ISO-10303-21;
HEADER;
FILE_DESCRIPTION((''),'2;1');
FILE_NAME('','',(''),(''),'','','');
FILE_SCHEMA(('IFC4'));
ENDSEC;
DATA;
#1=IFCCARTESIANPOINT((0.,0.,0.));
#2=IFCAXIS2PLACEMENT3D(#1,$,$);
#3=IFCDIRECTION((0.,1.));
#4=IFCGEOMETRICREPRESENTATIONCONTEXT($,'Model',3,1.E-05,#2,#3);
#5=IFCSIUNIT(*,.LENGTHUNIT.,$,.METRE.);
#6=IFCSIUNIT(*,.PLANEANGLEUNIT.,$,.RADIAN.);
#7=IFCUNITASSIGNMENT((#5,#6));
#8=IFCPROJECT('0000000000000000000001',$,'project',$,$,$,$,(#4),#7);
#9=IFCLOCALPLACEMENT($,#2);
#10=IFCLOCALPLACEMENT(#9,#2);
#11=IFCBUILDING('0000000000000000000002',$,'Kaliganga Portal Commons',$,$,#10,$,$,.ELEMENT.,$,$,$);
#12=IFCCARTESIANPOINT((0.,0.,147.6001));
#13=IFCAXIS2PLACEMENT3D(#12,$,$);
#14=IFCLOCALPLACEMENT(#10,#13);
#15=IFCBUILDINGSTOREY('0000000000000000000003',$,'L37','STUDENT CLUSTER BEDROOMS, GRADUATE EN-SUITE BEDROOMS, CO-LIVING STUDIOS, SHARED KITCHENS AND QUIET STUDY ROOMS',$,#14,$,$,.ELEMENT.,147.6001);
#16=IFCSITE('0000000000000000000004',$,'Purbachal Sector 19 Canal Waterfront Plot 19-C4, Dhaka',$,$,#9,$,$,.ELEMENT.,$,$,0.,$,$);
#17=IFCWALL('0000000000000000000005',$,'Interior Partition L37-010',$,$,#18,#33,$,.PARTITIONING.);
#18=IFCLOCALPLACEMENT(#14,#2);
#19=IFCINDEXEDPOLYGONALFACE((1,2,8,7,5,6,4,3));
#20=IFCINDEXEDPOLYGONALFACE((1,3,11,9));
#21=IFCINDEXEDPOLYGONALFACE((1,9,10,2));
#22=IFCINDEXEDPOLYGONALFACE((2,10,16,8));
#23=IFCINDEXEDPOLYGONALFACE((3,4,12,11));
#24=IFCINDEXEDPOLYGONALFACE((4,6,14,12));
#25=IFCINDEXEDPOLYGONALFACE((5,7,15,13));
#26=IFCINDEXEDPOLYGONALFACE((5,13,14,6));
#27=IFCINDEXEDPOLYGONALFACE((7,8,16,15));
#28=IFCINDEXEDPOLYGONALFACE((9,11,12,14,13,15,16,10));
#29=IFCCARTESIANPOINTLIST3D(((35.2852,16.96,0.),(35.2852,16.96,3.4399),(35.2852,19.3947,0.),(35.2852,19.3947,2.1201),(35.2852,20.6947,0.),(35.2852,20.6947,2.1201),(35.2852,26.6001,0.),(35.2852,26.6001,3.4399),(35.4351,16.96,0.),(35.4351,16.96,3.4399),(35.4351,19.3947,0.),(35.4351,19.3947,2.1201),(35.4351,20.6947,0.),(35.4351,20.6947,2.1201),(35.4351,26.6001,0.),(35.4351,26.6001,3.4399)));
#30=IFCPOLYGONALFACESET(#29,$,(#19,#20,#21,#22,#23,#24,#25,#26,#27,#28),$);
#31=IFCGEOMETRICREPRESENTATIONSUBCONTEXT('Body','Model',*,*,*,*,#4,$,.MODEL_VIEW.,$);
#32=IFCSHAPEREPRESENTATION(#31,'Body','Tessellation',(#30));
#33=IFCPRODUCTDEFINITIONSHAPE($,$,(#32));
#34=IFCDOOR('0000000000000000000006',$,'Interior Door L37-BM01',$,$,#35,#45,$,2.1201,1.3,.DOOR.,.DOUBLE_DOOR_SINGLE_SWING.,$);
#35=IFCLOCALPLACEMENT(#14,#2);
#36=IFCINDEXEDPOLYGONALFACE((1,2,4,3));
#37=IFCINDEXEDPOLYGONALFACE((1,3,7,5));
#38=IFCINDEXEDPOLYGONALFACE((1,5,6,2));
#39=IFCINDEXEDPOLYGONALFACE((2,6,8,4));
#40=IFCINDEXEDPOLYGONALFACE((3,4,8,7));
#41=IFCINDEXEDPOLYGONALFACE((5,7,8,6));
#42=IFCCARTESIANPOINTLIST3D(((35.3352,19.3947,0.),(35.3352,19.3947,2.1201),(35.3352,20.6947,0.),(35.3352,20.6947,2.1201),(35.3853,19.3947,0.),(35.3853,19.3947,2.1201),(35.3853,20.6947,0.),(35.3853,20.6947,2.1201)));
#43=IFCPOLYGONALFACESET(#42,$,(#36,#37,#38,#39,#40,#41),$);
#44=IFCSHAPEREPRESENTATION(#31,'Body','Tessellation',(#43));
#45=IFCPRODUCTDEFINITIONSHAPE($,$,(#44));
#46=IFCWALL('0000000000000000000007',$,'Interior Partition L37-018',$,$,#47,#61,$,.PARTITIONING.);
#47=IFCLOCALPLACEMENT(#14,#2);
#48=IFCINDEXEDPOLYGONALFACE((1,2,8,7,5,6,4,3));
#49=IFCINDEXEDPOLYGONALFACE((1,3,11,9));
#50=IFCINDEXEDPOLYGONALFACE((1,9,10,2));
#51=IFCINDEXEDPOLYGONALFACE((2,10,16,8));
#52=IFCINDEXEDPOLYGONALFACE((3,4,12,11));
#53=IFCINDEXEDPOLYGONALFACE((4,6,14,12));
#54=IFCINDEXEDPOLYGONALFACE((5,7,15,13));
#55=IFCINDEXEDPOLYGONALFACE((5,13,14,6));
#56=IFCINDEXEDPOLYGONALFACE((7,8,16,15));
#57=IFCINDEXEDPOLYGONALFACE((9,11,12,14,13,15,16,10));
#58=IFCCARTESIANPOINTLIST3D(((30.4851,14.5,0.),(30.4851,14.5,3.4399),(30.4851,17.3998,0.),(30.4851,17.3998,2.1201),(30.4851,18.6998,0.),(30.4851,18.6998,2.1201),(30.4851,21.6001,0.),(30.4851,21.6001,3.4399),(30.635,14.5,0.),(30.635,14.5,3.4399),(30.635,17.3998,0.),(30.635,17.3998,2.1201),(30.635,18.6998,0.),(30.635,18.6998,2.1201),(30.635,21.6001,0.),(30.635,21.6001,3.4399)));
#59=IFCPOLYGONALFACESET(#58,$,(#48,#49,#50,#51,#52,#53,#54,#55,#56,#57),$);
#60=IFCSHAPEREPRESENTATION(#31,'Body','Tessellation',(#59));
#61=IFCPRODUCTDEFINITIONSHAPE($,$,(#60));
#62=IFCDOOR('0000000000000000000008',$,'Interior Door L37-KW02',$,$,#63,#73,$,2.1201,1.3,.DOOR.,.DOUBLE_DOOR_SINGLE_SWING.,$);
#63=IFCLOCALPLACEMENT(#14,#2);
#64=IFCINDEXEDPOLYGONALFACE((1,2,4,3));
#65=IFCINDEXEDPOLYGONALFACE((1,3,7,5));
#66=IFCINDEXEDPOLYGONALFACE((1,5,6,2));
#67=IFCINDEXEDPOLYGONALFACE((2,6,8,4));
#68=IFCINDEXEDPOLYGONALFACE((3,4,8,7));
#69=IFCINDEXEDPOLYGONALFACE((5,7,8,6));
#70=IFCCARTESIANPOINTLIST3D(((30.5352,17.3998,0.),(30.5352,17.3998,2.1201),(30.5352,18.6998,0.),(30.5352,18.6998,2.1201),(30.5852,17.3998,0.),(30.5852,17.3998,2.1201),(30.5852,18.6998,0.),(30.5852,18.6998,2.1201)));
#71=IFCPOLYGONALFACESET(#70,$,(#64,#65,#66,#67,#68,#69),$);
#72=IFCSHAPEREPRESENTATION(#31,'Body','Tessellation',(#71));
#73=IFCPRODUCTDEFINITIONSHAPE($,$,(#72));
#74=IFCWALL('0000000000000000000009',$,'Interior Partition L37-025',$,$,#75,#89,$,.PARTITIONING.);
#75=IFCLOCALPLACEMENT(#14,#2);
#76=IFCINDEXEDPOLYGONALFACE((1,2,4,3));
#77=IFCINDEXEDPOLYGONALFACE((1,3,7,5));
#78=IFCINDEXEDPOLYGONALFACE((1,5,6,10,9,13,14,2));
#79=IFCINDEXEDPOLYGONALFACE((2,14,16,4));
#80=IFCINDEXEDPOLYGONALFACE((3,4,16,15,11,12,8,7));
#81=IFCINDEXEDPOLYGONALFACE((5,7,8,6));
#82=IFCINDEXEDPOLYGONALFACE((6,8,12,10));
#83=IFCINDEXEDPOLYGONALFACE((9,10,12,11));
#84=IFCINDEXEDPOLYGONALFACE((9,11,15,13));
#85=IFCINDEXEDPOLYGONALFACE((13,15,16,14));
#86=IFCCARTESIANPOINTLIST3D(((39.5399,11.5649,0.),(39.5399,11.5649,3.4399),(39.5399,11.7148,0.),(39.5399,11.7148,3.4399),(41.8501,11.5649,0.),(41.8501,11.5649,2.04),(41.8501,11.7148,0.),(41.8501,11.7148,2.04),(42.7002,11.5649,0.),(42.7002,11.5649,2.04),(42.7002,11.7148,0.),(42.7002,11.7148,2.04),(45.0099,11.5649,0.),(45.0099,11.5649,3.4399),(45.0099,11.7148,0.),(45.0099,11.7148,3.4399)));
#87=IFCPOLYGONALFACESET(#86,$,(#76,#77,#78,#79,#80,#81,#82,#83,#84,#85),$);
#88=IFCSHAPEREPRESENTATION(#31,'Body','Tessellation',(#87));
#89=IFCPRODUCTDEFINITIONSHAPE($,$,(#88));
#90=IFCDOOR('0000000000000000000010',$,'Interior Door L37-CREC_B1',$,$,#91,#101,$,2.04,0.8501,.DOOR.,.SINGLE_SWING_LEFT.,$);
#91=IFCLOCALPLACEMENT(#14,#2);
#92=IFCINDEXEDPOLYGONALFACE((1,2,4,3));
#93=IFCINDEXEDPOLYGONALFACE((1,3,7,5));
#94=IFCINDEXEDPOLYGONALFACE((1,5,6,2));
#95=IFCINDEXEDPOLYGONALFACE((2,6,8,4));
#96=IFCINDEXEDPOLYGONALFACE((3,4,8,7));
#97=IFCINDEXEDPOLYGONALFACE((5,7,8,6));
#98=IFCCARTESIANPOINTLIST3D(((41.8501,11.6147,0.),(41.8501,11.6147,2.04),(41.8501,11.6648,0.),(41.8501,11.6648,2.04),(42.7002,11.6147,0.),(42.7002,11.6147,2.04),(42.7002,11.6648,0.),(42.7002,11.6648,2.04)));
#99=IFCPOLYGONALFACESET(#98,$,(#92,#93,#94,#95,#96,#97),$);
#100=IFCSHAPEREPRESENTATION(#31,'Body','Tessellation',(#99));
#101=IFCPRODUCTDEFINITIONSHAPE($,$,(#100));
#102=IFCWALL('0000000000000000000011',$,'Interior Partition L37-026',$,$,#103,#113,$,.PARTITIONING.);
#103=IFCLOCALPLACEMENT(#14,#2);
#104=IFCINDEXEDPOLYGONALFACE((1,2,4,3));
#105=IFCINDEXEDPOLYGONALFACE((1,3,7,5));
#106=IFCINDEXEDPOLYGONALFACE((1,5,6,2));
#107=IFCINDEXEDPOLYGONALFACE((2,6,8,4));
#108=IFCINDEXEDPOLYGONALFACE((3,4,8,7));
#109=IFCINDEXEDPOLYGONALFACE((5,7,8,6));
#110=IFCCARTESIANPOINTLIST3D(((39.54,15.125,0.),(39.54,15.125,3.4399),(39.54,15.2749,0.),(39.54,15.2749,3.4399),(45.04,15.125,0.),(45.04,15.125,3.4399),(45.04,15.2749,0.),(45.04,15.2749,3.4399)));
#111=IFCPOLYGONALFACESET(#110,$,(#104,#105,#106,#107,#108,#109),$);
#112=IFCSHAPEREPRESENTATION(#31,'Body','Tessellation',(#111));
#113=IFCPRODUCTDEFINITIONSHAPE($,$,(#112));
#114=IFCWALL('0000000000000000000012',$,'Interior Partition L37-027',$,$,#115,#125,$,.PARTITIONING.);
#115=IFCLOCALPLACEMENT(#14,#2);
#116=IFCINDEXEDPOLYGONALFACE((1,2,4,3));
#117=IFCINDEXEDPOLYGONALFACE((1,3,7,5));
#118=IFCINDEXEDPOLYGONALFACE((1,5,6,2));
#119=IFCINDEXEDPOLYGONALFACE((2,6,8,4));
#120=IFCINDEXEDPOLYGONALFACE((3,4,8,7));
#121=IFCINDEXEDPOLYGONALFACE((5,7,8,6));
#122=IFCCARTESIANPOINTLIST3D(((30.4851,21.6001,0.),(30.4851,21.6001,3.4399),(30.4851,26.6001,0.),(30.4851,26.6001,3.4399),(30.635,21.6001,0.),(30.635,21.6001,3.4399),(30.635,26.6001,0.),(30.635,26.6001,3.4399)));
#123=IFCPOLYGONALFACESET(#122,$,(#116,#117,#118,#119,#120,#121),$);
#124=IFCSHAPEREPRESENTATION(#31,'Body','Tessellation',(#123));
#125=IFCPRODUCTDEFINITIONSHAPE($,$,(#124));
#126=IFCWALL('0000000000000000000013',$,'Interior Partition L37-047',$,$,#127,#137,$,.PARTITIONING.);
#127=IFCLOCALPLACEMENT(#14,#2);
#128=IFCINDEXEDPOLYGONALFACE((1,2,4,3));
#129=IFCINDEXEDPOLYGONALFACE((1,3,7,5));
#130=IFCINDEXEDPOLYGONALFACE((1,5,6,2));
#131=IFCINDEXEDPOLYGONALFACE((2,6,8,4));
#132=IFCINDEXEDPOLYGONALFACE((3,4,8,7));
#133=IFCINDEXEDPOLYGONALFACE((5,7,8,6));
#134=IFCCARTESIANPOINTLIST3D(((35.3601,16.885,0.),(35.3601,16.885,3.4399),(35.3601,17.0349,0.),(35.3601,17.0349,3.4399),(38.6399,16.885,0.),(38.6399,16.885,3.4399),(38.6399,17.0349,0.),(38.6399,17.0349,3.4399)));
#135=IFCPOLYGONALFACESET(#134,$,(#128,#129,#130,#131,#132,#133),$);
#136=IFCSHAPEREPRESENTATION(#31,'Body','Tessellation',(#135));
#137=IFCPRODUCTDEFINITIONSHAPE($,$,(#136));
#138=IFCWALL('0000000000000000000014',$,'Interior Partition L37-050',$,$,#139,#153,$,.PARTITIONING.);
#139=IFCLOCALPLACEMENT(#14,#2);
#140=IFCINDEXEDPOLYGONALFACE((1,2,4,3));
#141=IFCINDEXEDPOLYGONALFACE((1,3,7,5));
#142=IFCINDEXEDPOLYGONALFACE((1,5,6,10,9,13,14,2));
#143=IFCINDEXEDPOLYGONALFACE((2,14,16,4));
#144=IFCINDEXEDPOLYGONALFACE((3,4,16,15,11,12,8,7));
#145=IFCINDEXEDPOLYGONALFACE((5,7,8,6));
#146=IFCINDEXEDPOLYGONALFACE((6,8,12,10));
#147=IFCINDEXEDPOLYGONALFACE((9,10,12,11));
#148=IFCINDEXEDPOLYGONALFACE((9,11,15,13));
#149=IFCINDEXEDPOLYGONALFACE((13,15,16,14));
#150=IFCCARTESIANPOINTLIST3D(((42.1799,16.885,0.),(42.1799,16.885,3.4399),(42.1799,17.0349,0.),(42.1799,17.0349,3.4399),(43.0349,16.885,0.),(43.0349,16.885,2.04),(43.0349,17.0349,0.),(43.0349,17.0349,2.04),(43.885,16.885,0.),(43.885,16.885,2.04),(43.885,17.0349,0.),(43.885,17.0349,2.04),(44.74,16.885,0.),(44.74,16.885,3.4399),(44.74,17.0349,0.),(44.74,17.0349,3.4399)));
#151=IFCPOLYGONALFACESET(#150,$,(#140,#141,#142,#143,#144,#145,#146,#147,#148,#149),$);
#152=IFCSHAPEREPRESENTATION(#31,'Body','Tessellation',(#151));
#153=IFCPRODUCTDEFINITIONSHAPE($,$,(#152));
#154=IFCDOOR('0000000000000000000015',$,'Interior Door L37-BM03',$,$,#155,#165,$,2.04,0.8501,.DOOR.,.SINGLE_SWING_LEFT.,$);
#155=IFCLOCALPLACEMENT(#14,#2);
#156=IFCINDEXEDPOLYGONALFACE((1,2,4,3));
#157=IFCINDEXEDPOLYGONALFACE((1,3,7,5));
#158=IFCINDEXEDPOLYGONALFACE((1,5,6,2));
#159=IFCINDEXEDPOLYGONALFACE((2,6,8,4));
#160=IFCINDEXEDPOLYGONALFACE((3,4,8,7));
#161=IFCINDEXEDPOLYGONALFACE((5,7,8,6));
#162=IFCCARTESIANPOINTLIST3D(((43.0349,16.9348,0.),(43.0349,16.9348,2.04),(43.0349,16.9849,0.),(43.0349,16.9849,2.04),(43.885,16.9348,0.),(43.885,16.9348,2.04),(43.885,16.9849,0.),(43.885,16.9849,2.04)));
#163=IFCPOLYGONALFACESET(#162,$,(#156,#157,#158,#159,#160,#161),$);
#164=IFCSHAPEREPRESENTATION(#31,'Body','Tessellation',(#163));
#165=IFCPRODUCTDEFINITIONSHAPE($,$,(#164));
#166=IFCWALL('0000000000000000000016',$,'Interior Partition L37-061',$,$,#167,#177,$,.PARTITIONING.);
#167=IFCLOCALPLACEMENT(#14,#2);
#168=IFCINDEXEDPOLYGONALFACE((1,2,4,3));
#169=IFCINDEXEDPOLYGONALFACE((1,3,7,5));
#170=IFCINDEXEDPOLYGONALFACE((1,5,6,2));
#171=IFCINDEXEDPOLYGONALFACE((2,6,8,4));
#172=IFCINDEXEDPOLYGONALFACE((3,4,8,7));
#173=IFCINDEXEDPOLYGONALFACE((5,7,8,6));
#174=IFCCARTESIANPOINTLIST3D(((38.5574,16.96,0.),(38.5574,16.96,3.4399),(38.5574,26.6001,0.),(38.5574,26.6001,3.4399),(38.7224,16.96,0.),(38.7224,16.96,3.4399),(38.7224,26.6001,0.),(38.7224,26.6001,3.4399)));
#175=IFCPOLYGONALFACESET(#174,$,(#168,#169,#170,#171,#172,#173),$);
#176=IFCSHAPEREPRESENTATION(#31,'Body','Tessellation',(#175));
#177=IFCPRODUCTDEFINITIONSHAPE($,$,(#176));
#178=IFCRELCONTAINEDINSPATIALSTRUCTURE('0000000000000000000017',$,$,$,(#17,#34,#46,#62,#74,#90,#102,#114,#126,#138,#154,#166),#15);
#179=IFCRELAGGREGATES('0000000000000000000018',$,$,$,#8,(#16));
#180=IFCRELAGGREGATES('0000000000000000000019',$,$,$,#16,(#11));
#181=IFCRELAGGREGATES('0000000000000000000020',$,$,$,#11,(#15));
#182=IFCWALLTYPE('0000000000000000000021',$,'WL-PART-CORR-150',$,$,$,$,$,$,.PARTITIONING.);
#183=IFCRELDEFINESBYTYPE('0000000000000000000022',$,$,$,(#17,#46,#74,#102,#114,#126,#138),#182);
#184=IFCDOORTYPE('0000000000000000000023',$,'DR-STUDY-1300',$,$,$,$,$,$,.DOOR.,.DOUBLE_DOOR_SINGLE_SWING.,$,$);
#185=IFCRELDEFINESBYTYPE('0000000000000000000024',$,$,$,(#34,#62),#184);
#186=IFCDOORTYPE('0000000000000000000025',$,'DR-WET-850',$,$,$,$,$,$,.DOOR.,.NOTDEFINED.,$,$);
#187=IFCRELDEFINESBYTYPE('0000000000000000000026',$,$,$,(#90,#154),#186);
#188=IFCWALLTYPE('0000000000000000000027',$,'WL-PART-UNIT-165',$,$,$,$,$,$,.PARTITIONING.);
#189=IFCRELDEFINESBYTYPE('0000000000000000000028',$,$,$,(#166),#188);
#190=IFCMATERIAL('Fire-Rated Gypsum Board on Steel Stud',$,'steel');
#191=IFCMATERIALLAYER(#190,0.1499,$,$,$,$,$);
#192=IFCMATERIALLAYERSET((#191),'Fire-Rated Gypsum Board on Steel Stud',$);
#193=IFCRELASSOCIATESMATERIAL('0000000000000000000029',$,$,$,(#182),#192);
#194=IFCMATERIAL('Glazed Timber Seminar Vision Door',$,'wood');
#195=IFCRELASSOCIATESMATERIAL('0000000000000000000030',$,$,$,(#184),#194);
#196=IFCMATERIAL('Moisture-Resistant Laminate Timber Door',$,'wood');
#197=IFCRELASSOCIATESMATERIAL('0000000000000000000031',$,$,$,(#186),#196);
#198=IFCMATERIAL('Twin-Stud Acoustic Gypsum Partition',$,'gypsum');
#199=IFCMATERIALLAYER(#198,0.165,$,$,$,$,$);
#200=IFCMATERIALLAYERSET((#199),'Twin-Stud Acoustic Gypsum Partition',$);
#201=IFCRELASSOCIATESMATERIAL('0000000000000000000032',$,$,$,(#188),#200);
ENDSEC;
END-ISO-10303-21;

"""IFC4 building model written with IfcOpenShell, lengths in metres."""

from ifc_helpers import new_model, si_unit, direction, frame, frame_2d, origin, place, context, subcontext, project, spatial, rectangle, extrude, material, layer, layer_set, type_object, element, fill, save


model = new_model("IFC4")

# Units and contexts
model_context = context("Model", 3, precision=1e-05, world=origin(), true_north=direction((0.0, 1.0)))
body_context = subcontext(model_context, "Body", "Model", "MODEL_VIEW")
ifc_project = project(units=[si_unit("LENGTHUNIT", "METRE"), si_unit("PLANEANGLEUNIT", "RADIAN")], contexts=[model_context])

# Site, building, storey
site_placement = place(None, origin())
site = spatial("IfcSite", under=ifc_project, at=site_placement, Name="Purbachal Sector 19 Canal Waterfront Plot 19-C4, Dhaka", CompositionType="ELEMENT", RefElevation=0.0)
building_placement = place(site_placement, origin())
building = spatial("IfcBuilding", under=site, at=building_placement, Name="Kaliganga Portal Commons", CompositionType="ELEMENT")
storey_placement = place(building_placement, frame((0.0, 0.0, 147.6001)))
storey = spatial("IfcBuildingStorey", under=building, at=storey_placement, Name="L37", Description="STUDENT CLUSTER BEDROOMS, GRADUATE EN-SUITE BEDROOMS, CO-LIVING STUDIOS, SHARED KITCHENS AND QUIET STUDY ROOMS", CompositionType="ELEMENT", Elevation=147.6001)

# Walls, openings, doors
ifc_material_1 = material(Name="Fire-Rated Gypsum Board on Steel Stud", Category="steel")
ifc_layer_1 = layer(ifc_material_1, 0.1499)
ifc_layer_set_1 = layer_set([ifc_layer_1], Name="Fire-Rated Gypsum Board on Steel Stud")
wall_type_1 = type_object("IfcWallType", Name="WL-PART-CORR-150", PredefinedType="PARTITIONING", material=ifc_layer_set_1)
wall_1_placement = place(storey_placement, frame((35.3601, 16.96, 0.0), z_axis=(0.0, 0.0, 1.0), x_axis=(0.0, 1.0, 0.0)))
wall_1 = element("IfcWall", 1, at=wall_1_placement, inside=storey, type_object=wall_type_1, Name="Interior Partition L37-010", PredefinedType="PARTITIONING", context=body_context, shape_type="SweptSolid", body=[
    extrude(rectangle(XDim=9.6401, YDim=0.1499, at=frame_2d((4.8201, 0.0))), origin(), (0.0, 0.0, 1.0), 3.4399),
])
opening_1_placement = place(wall_1_placement, frame((2.4348, 0.0, 0.0)))
opening_1 = element("IfcOpeningElement", 2, at=opening_1_placement, cuts=wall_1, PredefinedType="OPENING", context=body_context, shape_type="SweptSolid", body=[
    extrude(rectangle(XDim=1.3, YDim=2.1201, at=frame_2d((0.6499, 1.0601))), frame((0.0, 0.085, 0.0), z_axis=(0.0, -1.0, 0.0), x_axis=(1.0, 0.0, 0.0)), (0.0, 0.0, 1.0), 0.1699),
])
ifc_material_2 = material(Name="Glazed Timber Seminar Vision Door", Category="wood")
door_type_1 = type_object("IfcDoorType", Name="DR-STUDY-1300", OperationType="DOUBLE_DOOR_SINGLE_SWING", PredefinedType="DOOR", material=ifc_material_2)
door_1_placement = place(opening_1_placement, origin())
door_1 = element("IfcDoor", 3, at=door_1_placement, inside=storey, type_object=door_type_1, Name="Interior Door L37-BM01", OperationType="DOUBLE_DOOR_SINGLE_SWING", OverallHeight=2.1201, OverallWidth=1.3, PredefinedType="DOOR", context=body_context, shape_type="SweptSolid", body=[
    extrude(rectangle(XDim=1.3, YDim=2.1201, at=frame_2d((0.6499, 1.0601))), frame((0.0, 0.0249, 0.0), z_axis=(0.0, -1.0, 0.0), x_axis=(1.0, 0.0, 0.0)), (0.0, 0.0, 1.0), 0.05),
])
fill(opening_1, door_1)
wall_2_placement = place(storey_placement, frame((30.5601, 14.5, 0.0), z_axis=(0.0, 0.0, 1.0), x_axis=(0.0, 1.0, 0.0)))
wall_2 = element("IfcWall", 4, at=wall_2_placement, inside=storey, type_object=wall_type_1, Name="Interior Partition L37-018", PredefinedType="PARTITIONING", context=body_context, shape_type="SweptSolid", body=[
    extrude(rectangle(XDim=7.1001, YDim=0.1499, at=frame_2d((3.55, 0.0))), origin(), (0.0, 0.0, 1.0), 3.4399),
])
opening_2_placement = place(wall_2_placement, frame((2.8999, 0.0, 0.0)))
opening_2 = element("IfcOpeningElement", 5, at=opening_2_placement, cuts=wall_2, PredefinedType="OPENING", context=body_context, shape_type="SweptSolid", body=[
    extrude(rectangle(XDim=1.3, YDim=2.1201, at=frame_2d((0.6499, 1.0601))), frame((0.0, 0.085, 0.0), z_axis=(0.0, -1.0, 0.0), x_axis=(1.0, 0.0, 0.0)), (0.0, 0.0, 1.0), 0.1699),
])
door_2_placement = place(opening_2_placement, origin())
door_2 = element("IfcDoor", 6, at=door_2_placement, inside=storey, type_object=door_type_1, Name="Interior Door L37-KW02", OperationType="DOUBLE_DOOR_SINGLE_SWING", OverallHeight=2.1201, OverallWidth=1.3, PredefinedType="DOOR", context=body_context, shape_type="SweptSolid", body=[
    extrude(rectangle(XDim=1.3, YDim=2.1201, at=frame_2d((0.6499, 1.0601))), frame((0.0, 0.0249, 0.0), z_axis=(0.0, -1.0, 0.0), x_axis=(1.0, 0.0, 0.0)), (0.0, 0.0, 1.0), 0.05),
])
fill(opening_2, door_2)
wall_3_placement = place(storey_placement, frame((39.54, 11.6399, 0.0), z_axis=(0.0, 0.0, 1.0), x_axis=(1.0, 0.0, 0.0)))
wall_3 = element("IfcWall", 7, at=wall_3_placement, inside=storey, type_object=wall_type_1, Name="Interior Partition L37-025", PredefinedType="PARTITIONING", context=body_context, shape_type="SweptSolid", body=[
    extrude(rectangle(XDim=5.47, YDim=0.1499, at=frame_2d((2.7349, 0.0))), origin(), (0.0, 0.0, 1.0), 3.4399),
])
opening_3_placement = place(wall_3_placement, frame((2.3101, 0.0, 0.0)))
opening_3 = element("IfcOpeningElement", 8, at=opening_3_placement, cuts=wall_3, PredefinedType="OPENING", context=body_context, shape_type="SweptSolid", body=[
    extrude(rectangle(XDim=0.8501, YDim=2.04, at=frame_2d((0.425, 1.02))), frame((0.0, 0.085, 0.0), z_axis=(0.0, -1.0, 0.0), x_axis=(1.0, 0.0, 0.0)), (0.0, 0.0, 1.0), 0.1699),
])
ifc_material_3 = material(Name="Moisture-Resistant Laminate Timber Door", Category="wood")
door_type_2 = type_object("IfcDoorType", Name="DR-WET-850", OperationType="NOTDEFINED", PredefinedType="DOOR", material=ifc_material_3)
door_3_placement = place(opening_3_placement, origin())
door_3 = element("IfcDoor", 9, at=door_3_placement, inside=storey, type_object=door_type_2, Name="Interior Door L37-CREC_B1", OperationType="SINGLE_SWING_LEFT", OverallHeight=2.04, OverallWidth=0.8501, PredefinedType="DOOR", context=body_context, shape_type="SweptSolid", body=[
    extrude(rectangle(XDim=0.8501, YDim=2.04, at=frame_2d((0.425, 1.02))), frame((0.0, 0.0249, 0.0), z_axis=(0.0, -1.0, 0.0), x_axis=(1.0, 0.0, 0.0)), (0.0, 0.0, 1.0), 0.05),
])
fill(opening_3, door_3)

# Walls
wall_4_placement = place(storey_placement, frame((39.54, 15.2, 0.0), z_axis=(0.0, 0.0, 1.0), x_axis=(1.0, 0.0, 0.0)))
element("IfcWall", 10, at=wall_4_placement, inside=storey, type_object=wall_type_1, Name="Interior Partition L37-026", PredefinedType="PARTITIONING", context=body_context, shape_type="SweptSolid", body=[
    extrude(rectangle(XDim=5.5, YDim=0.1499, at=frame_2d((2.75, 0.0))), origin(), (0.0, 0.0, 1.0), 3.4399),
])
wall_5_placement = place(storey_placement, frame((30.5601, 21.6001, 0.0), z_axis=(0.0, 0.0, 1.0), x_axis=(0.0, 1.0, 0.0)))
element("IfcWall", 11, at=wall_5_placement, inside=storey, type_object=wall_type_1, Name="Interior Partition L37-027", PredefinedType="PARTITIONING", context=body_context, shape_type="SweptSolid", body=[
    extrude(rectangle(XDim=5.0, YDim=0.1499, at=frame_2d((2.5, 0.0))), origin(), (0.0, 0.0, 1.0), 3.4399),
])

# Wall
wall_6_placement = place(storey_placement, frame((35.3601, 16.96, 0.0), z_axis=(0.0, 0.0, 1.0), x_axis=(1.0, 0.0, 0.0)))
element("IfcWall", 12, at=wall_6_placement, inside=storey, type_object=wall_type_1, Name="Interior Partition L37-047", PredefinedType="PARTITIONING", context=body_context, shape_type="SweptSolid", body=[
    extrude(rectangle(XDim=3.2798, YDim=0.1499, at=frame_2d((1.6399, 0.0))), origin(), (0.0, 0.0, 1.0), 3.4399),
])

# Wall, opening, door
wall_7_placement = place(storey_placement, frame((42.1799, 16.96, 0.0), z_axis=(0.0, 0.0, 1.0), x_axis=(1.0, 0.0, 0.0)))
wall_7 = element("IfcWall", 13, at=wall_7_placement, inside=storey, type_object=wall_type_1, Name="Interior Partition L37-050", PredefinedType="PARTITIONING", context=body_context, shape_type="SweptSolid", body=[
    extrude(rectangle(XDim=2.5601, YDim=0.1499, at=frame_2d((1.28, 0.0))), origin(), (0.0, 0.0, 1.0), 3.4399),
])
opening_4_placement = place(wall_7_placement, frame((0.855, 0.0, 0.0)))
opening_4 = element("IfcOpeningElement", 14, at=opening_4_placement, cuts=wall_7, PredefinedType="OPENING", context=body_context, shape_type="SweptSolid", body=[
    extrude(rectangle(XDim=0.8501, YDim=2.04, at=frame_2d((0.425, 1.02))), frame((0.0, 0.085, 0.0), z_axis=(0.0, -1.0, 0.0), x_axis=(1.0, 0.0, 0.0)), (0.0, 0.0, 1.0), 0.1699),
])
door_4_placement = place(opening_4_placement, origin())
door_4 = element("IfcDoor", 15, at=door_4_placement, inside=storey, type_object=door_type_2, Name="Interior Door L37-BM03", OperationType="SINGLE_SWING_LEFT", OverallHeight=2.04, OverallWidth=0.8501, PredefinedType="DOOR", context=body_context, shape_type="SweptSolid", body=[
    extrude(rectangle(XDim=0.8501, YDim=2.04, at=frame_2d((0.425, 1.02))), frame((0.0, 0.0249, 0.0), z_axis=(0.0, -1.0, 0.0), x_axis=(1.0, 0.0, 0.0)), (0.0, 0.0, 1.0), 0.05),
])
fill(opening_4, door_4)

# Wall
ifc_material_4 = material(Name="Twin-Stud Acoustic Gypsum Partition", Category="gypsum")
ifc_layer_2 = layer(ifc_material_4, 0.165)
ifc_layer_set_2 = layer_set([ifc_layer_2], Name="Twin-Stud Acoustic Gypsum Partition")
wall_type_2 = type_object("IfcWallType", Name="WL-PART-UNIT-165", PredefinedType="PARTITIONING", material=ifc_layer_set_2)
wall_8_placement = place(storey_placement, frame((38.6399, 16.96, 0.0), z_axis=(0.0, 0.0, 1.0), x_axis=(0.0, 1.0, 0.0)))
element("IfcWall", 16, at=wall_8_placement, inside=storey, type_object=wall_type_2, Name="Interior Partition L37-061", PredefinedType="PARTITIONING", context=body_context, shape_type="SweptSolid", body=[
    extrude(rectangle(XDim=9.6401, YDim=0.165, at=frame_2d((4.8201, 0.0))), origin(), (0.0, 0.0, 1.0), 3.4399),
])

save(model, "model.ifc")
